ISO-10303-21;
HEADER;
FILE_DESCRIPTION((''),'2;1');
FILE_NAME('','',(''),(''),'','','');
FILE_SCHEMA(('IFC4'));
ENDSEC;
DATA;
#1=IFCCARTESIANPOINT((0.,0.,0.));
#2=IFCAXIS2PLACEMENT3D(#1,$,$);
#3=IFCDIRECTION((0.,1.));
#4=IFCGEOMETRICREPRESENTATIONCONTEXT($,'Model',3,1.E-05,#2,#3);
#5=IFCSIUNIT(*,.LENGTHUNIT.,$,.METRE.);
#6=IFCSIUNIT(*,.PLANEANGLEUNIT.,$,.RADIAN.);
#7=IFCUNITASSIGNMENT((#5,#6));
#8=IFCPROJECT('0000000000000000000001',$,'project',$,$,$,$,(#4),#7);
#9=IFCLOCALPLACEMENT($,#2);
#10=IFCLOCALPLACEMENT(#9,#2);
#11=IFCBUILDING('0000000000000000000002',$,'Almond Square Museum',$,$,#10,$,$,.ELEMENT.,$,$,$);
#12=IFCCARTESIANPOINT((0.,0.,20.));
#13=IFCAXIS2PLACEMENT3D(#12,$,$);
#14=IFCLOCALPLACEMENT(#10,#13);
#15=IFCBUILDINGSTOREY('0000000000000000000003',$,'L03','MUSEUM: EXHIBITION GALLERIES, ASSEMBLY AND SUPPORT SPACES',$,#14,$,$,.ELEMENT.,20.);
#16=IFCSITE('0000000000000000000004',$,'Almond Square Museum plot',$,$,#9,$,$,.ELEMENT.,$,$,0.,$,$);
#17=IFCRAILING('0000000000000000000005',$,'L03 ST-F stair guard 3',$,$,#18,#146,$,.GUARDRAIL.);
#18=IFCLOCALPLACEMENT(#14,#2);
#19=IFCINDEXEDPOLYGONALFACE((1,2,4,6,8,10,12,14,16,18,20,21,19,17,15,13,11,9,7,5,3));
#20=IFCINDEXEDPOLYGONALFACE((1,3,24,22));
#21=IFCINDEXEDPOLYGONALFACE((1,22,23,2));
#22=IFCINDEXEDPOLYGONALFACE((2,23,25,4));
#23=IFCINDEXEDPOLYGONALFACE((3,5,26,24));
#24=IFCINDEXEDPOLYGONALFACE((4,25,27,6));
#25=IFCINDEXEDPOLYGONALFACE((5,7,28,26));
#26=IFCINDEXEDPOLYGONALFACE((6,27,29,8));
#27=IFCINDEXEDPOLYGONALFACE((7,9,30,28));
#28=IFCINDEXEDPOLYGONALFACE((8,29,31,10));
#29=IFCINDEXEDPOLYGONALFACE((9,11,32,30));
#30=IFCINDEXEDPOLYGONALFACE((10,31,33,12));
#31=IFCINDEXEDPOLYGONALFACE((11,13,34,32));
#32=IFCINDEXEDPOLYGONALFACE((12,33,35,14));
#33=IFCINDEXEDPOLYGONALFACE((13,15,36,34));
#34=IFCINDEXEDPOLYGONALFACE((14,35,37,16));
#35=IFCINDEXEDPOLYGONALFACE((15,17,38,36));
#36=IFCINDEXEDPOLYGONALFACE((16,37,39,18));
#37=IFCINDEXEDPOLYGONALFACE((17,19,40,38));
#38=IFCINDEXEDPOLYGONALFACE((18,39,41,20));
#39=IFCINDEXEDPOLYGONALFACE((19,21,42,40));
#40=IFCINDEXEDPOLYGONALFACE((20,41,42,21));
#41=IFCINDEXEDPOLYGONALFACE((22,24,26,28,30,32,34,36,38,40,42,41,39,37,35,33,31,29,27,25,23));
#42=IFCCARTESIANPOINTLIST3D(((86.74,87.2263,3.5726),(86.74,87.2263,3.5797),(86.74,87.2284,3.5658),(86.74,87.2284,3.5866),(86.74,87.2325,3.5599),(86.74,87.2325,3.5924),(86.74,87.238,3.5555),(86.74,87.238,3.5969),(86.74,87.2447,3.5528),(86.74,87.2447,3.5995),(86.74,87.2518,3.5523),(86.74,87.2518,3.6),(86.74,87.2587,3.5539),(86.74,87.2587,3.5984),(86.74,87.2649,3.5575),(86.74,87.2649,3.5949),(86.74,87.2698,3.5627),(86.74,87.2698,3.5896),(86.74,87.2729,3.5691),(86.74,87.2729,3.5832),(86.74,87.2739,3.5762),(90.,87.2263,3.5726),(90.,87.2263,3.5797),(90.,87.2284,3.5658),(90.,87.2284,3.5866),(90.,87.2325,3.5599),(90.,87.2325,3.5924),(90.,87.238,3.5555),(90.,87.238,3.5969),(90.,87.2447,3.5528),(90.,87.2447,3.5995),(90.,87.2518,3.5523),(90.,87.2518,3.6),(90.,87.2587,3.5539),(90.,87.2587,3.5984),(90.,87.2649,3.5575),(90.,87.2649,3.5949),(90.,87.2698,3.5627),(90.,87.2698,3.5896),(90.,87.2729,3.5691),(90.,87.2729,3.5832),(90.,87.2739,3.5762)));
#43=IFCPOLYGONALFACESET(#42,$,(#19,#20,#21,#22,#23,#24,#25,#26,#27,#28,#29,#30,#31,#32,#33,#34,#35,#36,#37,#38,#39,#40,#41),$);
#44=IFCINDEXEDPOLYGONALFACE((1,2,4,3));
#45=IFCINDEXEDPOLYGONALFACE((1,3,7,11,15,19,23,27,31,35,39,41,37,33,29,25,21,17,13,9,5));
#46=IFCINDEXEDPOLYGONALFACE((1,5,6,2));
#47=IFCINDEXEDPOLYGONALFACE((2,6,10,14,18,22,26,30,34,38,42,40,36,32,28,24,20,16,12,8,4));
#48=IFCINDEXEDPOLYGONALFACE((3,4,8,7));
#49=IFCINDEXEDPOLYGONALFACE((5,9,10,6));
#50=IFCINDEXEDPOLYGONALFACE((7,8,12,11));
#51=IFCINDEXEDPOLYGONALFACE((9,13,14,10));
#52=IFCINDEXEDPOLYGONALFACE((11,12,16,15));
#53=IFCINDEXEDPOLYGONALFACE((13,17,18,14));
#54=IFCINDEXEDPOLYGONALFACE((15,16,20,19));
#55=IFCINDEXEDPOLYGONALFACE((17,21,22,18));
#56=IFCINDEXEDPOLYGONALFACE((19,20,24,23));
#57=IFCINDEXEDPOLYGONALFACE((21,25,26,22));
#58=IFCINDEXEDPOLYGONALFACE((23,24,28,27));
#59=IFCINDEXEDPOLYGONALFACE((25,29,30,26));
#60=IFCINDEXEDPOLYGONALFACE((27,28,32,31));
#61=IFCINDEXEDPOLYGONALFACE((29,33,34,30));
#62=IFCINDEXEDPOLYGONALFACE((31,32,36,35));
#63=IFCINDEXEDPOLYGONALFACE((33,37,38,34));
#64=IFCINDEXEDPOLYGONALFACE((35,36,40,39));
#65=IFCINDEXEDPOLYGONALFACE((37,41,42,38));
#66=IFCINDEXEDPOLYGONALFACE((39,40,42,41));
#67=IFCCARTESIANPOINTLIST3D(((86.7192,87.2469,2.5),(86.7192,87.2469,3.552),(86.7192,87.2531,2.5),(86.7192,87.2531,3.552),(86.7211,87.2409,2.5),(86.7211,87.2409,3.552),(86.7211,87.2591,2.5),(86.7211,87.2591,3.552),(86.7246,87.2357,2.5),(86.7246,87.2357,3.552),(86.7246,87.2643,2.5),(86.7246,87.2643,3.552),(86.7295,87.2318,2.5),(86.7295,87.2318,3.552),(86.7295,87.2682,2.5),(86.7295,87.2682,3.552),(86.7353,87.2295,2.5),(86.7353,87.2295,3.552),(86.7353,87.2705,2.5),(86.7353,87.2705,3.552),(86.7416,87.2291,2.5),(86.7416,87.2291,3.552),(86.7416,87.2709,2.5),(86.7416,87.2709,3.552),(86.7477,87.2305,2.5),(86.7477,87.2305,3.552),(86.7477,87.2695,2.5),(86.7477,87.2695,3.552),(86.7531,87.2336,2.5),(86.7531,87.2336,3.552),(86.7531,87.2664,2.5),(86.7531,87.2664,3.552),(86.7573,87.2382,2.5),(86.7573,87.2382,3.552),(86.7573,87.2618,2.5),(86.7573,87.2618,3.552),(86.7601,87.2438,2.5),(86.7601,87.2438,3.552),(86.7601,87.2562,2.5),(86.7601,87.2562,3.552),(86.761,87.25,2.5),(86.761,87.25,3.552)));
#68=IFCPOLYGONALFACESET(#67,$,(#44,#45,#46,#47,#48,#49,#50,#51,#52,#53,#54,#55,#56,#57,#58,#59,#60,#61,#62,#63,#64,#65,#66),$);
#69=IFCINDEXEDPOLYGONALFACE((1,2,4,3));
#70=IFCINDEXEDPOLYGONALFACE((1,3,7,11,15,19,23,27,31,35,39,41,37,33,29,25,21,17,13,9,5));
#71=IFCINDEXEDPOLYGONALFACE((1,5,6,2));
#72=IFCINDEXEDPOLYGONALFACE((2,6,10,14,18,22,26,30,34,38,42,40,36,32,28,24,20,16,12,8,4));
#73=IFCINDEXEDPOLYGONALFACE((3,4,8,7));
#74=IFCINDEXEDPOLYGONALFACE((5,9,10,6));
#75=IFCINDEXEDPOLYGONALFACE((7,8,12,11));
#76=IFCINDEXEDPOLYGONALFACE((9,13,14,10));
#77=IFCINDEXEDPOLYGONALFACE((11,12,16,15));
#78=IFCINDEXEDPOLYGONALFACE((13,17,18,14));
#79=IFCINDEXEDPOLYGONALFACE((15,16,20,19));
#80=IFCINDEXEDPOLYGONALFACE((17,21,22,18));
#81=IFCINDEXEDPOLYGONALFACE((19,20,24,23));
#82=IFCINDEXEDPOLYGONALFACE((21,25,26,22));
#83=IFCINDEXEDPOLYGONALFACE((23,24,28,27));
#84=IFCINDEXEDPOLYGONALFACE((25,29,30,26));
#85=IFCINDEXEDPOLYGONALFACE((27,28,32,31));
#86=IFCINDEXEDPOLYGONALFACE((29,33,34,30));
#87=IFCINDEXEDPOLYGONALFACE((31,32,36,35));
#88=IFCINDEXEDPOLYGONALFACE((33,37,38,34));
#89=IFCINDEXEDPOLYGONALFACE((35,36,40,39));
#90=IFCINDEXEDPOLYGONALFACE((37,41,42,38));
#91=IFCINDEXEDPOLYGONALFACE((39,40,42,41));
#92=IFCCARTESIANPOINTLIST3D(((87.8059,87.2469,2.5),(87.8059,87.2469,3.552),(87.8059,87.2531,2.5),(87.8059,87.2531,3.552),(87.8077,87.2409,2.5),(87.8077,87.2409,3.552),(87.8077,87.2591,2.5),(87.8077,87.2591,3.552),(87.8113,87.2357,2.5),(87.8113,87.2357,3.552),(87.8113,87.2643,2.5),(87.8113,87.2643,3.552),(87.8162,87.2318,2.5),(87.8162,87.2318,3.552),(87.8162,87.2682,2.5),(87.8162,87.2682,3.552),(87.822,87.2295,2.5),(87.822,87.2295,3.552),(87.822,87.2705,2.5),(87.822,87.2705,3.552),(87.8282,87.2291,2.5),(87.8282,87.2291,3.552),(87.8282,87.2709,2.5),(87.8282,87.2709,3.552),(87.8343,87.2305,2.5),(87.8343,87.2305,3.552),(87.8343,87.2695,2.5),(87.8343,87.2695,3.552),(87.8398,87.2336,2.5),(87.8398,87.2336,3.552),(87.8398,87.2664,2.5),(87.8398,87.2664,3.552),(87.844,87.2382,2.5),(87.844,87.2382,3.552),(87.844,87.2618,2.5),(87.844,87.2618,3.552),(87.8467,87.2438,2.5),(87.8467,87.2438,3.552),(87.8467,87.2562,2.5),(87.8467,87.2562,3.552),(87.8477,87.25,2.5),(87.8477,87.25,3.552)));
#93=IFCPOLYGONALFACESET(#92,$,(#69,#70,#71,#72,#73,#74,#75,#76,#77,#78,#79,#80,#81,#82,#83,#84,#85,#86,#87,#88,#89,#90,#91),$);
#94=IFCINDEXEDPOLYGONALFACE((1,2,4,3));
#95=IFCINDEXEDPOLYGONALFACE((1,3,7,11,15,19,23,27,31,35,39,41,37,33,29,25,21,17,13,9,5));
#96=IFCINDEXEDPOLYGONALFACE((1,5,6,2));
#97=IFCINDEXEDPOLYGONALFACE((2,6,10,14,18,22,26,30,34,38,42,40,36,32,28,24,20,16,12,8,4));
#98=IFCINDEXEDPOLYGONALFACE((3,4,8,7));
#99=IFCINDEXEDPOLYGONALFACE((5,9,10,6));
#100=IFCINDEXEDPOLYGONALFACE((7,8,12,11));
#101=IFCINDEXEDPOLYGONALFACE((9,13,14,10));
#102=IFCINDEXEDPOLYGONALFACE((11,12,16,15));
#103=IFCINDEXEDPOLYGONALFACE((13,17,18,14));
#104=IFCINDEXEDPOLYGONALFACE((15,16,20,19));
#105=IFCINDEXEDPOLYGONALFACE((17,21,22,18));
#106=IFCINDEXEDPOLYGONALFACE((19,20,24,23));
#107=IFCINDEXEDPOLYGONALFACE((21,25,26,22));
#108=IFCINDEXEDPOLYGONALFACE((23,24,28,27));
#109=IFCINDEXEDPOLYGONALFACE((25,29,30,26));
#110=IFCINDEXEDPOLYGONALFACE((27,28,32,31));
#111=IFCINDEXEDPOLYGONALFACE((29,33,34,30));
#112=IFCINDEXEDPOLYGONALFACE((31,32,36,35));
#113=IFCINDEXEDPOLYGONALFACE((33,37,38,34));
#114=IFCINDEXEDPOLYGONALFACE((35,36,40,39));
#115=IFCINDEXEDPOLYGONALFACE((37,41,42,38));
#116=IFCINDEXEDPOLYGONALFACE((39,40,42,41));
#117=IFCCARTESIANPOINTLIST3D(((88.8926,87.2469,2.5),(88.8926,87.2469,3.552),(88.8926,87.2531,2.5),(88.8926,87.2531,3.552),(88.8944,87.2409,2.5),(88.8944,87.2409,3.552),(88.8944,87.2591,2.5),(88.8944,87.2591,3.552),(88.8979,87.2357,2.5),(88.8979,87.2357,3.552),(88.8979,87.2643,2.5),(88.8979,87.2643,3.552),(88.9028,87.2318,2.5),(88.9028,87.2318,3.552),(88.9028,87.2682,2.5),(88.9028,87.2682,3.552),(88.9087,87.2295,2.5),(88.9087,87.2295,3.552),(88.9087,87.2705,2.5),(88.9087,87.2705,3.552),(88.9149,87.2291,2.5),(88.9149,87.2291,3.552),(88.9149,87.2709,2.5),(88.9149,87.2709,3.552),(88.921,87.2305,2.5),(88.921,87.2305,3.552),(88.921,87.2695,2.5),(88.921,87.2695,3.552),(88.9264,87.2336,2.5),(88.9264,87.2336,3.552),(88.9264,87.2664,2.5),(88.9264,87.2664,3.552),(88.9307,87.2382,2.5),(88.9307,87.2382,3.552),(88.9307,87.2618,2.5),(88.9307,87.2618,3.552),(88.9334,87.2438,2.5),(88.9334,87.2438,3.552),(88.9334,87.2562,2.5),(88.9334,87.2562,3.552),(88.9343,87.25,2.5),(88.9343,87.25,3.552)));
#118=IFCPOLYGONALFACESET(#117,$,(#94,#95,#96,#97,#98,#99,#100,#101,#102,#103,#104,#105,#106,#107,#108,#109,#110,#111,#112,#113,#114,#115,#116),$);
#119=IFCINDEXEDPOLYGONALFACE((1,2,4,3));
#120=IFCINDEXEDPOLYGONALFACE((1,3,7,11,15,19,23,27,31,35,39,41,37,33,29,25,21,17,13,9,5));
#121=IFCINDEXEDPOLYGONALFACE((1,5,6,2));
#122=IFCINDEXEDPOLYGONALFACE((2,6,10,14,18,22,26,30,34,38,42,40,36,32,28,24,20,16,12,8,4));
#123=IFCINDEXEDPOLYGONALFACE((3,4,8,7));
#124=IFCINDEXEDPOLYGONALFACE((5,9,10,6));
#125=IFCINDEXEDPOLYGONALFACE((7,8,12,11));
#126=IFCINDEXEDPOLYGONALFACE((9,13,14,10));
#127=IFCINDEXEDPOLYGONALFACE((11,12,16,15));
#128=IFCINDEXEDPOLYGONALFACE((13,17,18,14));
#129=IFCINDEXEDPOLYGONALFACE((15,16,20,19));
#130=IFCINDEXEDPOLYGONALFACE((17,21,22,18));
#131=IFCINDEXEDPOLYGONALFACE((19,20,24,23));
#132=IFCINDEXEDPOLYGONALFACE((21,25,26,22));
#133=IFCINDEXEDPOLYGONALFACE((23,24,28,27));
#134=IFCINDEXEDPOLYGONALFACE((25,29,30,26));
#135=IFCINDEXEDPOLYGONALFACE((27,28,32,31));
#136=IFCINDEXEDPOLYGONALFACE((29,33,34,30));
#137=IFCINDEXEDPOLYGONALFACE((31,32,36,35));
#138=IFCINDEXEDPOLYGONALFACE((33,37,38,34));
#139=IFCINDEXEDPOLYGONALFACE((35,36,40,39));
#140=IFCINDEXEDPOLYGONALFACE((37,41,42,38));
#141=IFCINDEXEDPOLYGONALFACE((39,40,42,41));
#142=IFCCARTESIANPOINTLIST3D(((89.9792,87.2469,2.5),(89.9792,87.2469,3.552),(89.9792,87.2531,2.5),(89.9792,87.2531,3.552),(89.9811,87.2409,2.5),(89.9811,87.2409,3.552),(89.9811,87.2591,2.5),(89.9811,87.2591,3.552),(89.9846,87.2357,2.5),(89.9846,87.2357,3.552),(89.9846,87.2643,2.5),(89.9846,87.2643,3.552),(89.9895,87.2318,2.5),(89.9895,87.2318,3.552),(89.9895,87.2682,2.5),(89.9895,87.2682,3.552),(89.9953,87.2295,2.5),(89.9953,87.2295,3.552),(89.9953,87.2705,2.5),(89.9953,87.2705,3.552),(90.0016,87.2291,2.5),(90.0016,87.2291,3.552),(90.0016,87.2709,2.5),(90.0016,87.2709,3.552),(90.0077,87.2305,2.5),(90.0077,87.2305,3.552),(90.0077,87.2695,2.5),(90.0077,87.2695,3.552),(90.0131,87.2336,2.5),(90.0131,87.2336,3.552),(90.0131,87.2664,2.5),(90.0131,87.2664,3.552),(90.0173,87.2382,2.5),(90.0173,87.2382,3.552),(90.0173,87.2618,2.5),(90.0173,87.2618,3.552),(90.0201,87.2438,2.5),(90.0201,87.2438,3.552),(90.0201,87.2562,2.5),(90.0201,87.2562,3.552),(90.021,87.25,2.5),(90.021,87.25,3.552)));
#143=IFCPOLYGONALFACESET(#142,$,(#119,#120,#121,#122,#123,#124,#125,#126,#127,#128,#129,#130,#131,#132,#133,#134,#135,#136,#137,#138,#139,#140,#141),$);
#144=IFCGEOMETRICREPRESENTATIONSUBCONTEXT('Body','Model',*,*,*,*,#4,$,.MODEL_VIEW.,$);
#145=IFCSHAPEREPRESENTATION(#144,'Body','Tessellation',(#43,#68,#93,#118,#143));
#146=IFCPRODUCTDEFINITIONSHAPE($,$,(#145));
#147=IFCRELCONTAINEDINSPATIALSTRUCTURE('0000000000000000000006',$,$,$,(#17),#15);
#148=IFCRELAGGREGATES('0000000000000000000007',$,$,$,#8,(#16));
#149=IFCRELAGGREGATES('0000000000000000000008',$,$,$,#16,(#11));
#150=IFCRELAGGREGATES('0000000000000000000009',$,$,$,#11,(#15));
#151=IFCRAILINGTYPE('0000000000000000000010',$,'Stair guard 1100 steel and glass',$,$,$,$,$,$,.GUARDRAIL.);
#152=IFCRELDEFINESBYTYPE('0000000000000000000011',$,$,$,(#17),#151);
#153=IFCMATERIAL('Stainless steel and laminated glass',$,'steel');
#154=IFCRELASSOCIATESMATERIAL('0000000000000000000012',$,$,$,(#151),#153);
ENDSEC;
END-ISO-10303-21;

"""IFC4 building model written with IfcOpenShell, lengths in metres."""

from ifc_helpers import new_model, si_unit, direction, frame, origin, origin_2d, place, context, subcontext, project, spatial, circle, extrude, material, type_object, element, save


model = new_model("IFC4")

# Units and contexts
model_context = context("Model", 3, precision=1e-05, world=origin(), true_north=direction((0.0, 1.0)))
body_context = subcontext(model_context, "Body", "Model", "MODEL_VIEW")
ifc_project = project(units=[si_unit("LENGTHUNIT", "METRE"), si_unit("PLANEANGLEUNIT", "RADIAN")], contexts=[model_context])

# Site, building, storey
site_placement = place(None, origin())
site = spatial("IfcSite", under=ifc_project, at=site_placement, Name="Almond Square Museum plot", CompositionType="ELEMENT", RefElevation=0.0)
building_placement = place(site_placement, origin())
building = spatial("IfcBuilding", under=site, at=building_placement, Name="Almond Square Museum", CompositionType="ELEMENT")
storey_placement = place(building_placement, frame((0.0, 0.0, 20.0)))
storey = spatial("IfcBuildingStorey", under=building, at=storey_placement, Name="L03", Description="MUSEUM: EXHIBITION GALLERIES, ASSEMBLY AND SUPPORT SPACES", CompositionType="ELEMENT", Elevation=20.0)

# Railing
ifc_material_1 = material(Name="Stainless steel and laminated glass", Category="steel")
railing_type_1 = type_object("IfcRailingType", Name="Stair guard 1100 steel and glass", PredefinedType="GUARDRAIL", material=ifc_material_1)
for number, where, name in (
    (1, (86.74, 87.25, 2.5), "L03 ST-F stair guard 3"),
):
    element("IfcRailing", number, at=place(storey_placement, frame(where)), inside=storey, type_object=railing_type_1, Name=name, PredefinedType="GUARDRAIL", context=body_context, shape_type="SweptSolid", body=[
        extrude(circle(Radius=0.0239, at=origin_2d()), frame((0.0, 0.0, 1.0762), z_axis=(1.0, 0.0, 0.0), x_axis=(0.0, 1.0, 0.0)), (0.0, 0.0, 1.0), 3.26),
        extrude(circle(Radius=0.021, at=origin_2d()), origin(), (0.0, 0.0, 1.0), 1.052),
        extrude(circle(Radius=0.021, at=origin_2d()), frame((1.0867, 0.0, 0.0)), (0.0, 0.0, 1.0), 1.052),
        extrude(circle(Radius=0.021, at=origin_2d()), frame((2.1733, 0.0, 0.0)), (0.0, 0.0, 1.0), 1.052),
        extrude(circle(Radius=0.021, at=origin_2d()), frame((3.26, 0.0, 0.0)), (0.0, 0.0, 1.0), 1.052),
    ])

save(model, "model.ifc")
